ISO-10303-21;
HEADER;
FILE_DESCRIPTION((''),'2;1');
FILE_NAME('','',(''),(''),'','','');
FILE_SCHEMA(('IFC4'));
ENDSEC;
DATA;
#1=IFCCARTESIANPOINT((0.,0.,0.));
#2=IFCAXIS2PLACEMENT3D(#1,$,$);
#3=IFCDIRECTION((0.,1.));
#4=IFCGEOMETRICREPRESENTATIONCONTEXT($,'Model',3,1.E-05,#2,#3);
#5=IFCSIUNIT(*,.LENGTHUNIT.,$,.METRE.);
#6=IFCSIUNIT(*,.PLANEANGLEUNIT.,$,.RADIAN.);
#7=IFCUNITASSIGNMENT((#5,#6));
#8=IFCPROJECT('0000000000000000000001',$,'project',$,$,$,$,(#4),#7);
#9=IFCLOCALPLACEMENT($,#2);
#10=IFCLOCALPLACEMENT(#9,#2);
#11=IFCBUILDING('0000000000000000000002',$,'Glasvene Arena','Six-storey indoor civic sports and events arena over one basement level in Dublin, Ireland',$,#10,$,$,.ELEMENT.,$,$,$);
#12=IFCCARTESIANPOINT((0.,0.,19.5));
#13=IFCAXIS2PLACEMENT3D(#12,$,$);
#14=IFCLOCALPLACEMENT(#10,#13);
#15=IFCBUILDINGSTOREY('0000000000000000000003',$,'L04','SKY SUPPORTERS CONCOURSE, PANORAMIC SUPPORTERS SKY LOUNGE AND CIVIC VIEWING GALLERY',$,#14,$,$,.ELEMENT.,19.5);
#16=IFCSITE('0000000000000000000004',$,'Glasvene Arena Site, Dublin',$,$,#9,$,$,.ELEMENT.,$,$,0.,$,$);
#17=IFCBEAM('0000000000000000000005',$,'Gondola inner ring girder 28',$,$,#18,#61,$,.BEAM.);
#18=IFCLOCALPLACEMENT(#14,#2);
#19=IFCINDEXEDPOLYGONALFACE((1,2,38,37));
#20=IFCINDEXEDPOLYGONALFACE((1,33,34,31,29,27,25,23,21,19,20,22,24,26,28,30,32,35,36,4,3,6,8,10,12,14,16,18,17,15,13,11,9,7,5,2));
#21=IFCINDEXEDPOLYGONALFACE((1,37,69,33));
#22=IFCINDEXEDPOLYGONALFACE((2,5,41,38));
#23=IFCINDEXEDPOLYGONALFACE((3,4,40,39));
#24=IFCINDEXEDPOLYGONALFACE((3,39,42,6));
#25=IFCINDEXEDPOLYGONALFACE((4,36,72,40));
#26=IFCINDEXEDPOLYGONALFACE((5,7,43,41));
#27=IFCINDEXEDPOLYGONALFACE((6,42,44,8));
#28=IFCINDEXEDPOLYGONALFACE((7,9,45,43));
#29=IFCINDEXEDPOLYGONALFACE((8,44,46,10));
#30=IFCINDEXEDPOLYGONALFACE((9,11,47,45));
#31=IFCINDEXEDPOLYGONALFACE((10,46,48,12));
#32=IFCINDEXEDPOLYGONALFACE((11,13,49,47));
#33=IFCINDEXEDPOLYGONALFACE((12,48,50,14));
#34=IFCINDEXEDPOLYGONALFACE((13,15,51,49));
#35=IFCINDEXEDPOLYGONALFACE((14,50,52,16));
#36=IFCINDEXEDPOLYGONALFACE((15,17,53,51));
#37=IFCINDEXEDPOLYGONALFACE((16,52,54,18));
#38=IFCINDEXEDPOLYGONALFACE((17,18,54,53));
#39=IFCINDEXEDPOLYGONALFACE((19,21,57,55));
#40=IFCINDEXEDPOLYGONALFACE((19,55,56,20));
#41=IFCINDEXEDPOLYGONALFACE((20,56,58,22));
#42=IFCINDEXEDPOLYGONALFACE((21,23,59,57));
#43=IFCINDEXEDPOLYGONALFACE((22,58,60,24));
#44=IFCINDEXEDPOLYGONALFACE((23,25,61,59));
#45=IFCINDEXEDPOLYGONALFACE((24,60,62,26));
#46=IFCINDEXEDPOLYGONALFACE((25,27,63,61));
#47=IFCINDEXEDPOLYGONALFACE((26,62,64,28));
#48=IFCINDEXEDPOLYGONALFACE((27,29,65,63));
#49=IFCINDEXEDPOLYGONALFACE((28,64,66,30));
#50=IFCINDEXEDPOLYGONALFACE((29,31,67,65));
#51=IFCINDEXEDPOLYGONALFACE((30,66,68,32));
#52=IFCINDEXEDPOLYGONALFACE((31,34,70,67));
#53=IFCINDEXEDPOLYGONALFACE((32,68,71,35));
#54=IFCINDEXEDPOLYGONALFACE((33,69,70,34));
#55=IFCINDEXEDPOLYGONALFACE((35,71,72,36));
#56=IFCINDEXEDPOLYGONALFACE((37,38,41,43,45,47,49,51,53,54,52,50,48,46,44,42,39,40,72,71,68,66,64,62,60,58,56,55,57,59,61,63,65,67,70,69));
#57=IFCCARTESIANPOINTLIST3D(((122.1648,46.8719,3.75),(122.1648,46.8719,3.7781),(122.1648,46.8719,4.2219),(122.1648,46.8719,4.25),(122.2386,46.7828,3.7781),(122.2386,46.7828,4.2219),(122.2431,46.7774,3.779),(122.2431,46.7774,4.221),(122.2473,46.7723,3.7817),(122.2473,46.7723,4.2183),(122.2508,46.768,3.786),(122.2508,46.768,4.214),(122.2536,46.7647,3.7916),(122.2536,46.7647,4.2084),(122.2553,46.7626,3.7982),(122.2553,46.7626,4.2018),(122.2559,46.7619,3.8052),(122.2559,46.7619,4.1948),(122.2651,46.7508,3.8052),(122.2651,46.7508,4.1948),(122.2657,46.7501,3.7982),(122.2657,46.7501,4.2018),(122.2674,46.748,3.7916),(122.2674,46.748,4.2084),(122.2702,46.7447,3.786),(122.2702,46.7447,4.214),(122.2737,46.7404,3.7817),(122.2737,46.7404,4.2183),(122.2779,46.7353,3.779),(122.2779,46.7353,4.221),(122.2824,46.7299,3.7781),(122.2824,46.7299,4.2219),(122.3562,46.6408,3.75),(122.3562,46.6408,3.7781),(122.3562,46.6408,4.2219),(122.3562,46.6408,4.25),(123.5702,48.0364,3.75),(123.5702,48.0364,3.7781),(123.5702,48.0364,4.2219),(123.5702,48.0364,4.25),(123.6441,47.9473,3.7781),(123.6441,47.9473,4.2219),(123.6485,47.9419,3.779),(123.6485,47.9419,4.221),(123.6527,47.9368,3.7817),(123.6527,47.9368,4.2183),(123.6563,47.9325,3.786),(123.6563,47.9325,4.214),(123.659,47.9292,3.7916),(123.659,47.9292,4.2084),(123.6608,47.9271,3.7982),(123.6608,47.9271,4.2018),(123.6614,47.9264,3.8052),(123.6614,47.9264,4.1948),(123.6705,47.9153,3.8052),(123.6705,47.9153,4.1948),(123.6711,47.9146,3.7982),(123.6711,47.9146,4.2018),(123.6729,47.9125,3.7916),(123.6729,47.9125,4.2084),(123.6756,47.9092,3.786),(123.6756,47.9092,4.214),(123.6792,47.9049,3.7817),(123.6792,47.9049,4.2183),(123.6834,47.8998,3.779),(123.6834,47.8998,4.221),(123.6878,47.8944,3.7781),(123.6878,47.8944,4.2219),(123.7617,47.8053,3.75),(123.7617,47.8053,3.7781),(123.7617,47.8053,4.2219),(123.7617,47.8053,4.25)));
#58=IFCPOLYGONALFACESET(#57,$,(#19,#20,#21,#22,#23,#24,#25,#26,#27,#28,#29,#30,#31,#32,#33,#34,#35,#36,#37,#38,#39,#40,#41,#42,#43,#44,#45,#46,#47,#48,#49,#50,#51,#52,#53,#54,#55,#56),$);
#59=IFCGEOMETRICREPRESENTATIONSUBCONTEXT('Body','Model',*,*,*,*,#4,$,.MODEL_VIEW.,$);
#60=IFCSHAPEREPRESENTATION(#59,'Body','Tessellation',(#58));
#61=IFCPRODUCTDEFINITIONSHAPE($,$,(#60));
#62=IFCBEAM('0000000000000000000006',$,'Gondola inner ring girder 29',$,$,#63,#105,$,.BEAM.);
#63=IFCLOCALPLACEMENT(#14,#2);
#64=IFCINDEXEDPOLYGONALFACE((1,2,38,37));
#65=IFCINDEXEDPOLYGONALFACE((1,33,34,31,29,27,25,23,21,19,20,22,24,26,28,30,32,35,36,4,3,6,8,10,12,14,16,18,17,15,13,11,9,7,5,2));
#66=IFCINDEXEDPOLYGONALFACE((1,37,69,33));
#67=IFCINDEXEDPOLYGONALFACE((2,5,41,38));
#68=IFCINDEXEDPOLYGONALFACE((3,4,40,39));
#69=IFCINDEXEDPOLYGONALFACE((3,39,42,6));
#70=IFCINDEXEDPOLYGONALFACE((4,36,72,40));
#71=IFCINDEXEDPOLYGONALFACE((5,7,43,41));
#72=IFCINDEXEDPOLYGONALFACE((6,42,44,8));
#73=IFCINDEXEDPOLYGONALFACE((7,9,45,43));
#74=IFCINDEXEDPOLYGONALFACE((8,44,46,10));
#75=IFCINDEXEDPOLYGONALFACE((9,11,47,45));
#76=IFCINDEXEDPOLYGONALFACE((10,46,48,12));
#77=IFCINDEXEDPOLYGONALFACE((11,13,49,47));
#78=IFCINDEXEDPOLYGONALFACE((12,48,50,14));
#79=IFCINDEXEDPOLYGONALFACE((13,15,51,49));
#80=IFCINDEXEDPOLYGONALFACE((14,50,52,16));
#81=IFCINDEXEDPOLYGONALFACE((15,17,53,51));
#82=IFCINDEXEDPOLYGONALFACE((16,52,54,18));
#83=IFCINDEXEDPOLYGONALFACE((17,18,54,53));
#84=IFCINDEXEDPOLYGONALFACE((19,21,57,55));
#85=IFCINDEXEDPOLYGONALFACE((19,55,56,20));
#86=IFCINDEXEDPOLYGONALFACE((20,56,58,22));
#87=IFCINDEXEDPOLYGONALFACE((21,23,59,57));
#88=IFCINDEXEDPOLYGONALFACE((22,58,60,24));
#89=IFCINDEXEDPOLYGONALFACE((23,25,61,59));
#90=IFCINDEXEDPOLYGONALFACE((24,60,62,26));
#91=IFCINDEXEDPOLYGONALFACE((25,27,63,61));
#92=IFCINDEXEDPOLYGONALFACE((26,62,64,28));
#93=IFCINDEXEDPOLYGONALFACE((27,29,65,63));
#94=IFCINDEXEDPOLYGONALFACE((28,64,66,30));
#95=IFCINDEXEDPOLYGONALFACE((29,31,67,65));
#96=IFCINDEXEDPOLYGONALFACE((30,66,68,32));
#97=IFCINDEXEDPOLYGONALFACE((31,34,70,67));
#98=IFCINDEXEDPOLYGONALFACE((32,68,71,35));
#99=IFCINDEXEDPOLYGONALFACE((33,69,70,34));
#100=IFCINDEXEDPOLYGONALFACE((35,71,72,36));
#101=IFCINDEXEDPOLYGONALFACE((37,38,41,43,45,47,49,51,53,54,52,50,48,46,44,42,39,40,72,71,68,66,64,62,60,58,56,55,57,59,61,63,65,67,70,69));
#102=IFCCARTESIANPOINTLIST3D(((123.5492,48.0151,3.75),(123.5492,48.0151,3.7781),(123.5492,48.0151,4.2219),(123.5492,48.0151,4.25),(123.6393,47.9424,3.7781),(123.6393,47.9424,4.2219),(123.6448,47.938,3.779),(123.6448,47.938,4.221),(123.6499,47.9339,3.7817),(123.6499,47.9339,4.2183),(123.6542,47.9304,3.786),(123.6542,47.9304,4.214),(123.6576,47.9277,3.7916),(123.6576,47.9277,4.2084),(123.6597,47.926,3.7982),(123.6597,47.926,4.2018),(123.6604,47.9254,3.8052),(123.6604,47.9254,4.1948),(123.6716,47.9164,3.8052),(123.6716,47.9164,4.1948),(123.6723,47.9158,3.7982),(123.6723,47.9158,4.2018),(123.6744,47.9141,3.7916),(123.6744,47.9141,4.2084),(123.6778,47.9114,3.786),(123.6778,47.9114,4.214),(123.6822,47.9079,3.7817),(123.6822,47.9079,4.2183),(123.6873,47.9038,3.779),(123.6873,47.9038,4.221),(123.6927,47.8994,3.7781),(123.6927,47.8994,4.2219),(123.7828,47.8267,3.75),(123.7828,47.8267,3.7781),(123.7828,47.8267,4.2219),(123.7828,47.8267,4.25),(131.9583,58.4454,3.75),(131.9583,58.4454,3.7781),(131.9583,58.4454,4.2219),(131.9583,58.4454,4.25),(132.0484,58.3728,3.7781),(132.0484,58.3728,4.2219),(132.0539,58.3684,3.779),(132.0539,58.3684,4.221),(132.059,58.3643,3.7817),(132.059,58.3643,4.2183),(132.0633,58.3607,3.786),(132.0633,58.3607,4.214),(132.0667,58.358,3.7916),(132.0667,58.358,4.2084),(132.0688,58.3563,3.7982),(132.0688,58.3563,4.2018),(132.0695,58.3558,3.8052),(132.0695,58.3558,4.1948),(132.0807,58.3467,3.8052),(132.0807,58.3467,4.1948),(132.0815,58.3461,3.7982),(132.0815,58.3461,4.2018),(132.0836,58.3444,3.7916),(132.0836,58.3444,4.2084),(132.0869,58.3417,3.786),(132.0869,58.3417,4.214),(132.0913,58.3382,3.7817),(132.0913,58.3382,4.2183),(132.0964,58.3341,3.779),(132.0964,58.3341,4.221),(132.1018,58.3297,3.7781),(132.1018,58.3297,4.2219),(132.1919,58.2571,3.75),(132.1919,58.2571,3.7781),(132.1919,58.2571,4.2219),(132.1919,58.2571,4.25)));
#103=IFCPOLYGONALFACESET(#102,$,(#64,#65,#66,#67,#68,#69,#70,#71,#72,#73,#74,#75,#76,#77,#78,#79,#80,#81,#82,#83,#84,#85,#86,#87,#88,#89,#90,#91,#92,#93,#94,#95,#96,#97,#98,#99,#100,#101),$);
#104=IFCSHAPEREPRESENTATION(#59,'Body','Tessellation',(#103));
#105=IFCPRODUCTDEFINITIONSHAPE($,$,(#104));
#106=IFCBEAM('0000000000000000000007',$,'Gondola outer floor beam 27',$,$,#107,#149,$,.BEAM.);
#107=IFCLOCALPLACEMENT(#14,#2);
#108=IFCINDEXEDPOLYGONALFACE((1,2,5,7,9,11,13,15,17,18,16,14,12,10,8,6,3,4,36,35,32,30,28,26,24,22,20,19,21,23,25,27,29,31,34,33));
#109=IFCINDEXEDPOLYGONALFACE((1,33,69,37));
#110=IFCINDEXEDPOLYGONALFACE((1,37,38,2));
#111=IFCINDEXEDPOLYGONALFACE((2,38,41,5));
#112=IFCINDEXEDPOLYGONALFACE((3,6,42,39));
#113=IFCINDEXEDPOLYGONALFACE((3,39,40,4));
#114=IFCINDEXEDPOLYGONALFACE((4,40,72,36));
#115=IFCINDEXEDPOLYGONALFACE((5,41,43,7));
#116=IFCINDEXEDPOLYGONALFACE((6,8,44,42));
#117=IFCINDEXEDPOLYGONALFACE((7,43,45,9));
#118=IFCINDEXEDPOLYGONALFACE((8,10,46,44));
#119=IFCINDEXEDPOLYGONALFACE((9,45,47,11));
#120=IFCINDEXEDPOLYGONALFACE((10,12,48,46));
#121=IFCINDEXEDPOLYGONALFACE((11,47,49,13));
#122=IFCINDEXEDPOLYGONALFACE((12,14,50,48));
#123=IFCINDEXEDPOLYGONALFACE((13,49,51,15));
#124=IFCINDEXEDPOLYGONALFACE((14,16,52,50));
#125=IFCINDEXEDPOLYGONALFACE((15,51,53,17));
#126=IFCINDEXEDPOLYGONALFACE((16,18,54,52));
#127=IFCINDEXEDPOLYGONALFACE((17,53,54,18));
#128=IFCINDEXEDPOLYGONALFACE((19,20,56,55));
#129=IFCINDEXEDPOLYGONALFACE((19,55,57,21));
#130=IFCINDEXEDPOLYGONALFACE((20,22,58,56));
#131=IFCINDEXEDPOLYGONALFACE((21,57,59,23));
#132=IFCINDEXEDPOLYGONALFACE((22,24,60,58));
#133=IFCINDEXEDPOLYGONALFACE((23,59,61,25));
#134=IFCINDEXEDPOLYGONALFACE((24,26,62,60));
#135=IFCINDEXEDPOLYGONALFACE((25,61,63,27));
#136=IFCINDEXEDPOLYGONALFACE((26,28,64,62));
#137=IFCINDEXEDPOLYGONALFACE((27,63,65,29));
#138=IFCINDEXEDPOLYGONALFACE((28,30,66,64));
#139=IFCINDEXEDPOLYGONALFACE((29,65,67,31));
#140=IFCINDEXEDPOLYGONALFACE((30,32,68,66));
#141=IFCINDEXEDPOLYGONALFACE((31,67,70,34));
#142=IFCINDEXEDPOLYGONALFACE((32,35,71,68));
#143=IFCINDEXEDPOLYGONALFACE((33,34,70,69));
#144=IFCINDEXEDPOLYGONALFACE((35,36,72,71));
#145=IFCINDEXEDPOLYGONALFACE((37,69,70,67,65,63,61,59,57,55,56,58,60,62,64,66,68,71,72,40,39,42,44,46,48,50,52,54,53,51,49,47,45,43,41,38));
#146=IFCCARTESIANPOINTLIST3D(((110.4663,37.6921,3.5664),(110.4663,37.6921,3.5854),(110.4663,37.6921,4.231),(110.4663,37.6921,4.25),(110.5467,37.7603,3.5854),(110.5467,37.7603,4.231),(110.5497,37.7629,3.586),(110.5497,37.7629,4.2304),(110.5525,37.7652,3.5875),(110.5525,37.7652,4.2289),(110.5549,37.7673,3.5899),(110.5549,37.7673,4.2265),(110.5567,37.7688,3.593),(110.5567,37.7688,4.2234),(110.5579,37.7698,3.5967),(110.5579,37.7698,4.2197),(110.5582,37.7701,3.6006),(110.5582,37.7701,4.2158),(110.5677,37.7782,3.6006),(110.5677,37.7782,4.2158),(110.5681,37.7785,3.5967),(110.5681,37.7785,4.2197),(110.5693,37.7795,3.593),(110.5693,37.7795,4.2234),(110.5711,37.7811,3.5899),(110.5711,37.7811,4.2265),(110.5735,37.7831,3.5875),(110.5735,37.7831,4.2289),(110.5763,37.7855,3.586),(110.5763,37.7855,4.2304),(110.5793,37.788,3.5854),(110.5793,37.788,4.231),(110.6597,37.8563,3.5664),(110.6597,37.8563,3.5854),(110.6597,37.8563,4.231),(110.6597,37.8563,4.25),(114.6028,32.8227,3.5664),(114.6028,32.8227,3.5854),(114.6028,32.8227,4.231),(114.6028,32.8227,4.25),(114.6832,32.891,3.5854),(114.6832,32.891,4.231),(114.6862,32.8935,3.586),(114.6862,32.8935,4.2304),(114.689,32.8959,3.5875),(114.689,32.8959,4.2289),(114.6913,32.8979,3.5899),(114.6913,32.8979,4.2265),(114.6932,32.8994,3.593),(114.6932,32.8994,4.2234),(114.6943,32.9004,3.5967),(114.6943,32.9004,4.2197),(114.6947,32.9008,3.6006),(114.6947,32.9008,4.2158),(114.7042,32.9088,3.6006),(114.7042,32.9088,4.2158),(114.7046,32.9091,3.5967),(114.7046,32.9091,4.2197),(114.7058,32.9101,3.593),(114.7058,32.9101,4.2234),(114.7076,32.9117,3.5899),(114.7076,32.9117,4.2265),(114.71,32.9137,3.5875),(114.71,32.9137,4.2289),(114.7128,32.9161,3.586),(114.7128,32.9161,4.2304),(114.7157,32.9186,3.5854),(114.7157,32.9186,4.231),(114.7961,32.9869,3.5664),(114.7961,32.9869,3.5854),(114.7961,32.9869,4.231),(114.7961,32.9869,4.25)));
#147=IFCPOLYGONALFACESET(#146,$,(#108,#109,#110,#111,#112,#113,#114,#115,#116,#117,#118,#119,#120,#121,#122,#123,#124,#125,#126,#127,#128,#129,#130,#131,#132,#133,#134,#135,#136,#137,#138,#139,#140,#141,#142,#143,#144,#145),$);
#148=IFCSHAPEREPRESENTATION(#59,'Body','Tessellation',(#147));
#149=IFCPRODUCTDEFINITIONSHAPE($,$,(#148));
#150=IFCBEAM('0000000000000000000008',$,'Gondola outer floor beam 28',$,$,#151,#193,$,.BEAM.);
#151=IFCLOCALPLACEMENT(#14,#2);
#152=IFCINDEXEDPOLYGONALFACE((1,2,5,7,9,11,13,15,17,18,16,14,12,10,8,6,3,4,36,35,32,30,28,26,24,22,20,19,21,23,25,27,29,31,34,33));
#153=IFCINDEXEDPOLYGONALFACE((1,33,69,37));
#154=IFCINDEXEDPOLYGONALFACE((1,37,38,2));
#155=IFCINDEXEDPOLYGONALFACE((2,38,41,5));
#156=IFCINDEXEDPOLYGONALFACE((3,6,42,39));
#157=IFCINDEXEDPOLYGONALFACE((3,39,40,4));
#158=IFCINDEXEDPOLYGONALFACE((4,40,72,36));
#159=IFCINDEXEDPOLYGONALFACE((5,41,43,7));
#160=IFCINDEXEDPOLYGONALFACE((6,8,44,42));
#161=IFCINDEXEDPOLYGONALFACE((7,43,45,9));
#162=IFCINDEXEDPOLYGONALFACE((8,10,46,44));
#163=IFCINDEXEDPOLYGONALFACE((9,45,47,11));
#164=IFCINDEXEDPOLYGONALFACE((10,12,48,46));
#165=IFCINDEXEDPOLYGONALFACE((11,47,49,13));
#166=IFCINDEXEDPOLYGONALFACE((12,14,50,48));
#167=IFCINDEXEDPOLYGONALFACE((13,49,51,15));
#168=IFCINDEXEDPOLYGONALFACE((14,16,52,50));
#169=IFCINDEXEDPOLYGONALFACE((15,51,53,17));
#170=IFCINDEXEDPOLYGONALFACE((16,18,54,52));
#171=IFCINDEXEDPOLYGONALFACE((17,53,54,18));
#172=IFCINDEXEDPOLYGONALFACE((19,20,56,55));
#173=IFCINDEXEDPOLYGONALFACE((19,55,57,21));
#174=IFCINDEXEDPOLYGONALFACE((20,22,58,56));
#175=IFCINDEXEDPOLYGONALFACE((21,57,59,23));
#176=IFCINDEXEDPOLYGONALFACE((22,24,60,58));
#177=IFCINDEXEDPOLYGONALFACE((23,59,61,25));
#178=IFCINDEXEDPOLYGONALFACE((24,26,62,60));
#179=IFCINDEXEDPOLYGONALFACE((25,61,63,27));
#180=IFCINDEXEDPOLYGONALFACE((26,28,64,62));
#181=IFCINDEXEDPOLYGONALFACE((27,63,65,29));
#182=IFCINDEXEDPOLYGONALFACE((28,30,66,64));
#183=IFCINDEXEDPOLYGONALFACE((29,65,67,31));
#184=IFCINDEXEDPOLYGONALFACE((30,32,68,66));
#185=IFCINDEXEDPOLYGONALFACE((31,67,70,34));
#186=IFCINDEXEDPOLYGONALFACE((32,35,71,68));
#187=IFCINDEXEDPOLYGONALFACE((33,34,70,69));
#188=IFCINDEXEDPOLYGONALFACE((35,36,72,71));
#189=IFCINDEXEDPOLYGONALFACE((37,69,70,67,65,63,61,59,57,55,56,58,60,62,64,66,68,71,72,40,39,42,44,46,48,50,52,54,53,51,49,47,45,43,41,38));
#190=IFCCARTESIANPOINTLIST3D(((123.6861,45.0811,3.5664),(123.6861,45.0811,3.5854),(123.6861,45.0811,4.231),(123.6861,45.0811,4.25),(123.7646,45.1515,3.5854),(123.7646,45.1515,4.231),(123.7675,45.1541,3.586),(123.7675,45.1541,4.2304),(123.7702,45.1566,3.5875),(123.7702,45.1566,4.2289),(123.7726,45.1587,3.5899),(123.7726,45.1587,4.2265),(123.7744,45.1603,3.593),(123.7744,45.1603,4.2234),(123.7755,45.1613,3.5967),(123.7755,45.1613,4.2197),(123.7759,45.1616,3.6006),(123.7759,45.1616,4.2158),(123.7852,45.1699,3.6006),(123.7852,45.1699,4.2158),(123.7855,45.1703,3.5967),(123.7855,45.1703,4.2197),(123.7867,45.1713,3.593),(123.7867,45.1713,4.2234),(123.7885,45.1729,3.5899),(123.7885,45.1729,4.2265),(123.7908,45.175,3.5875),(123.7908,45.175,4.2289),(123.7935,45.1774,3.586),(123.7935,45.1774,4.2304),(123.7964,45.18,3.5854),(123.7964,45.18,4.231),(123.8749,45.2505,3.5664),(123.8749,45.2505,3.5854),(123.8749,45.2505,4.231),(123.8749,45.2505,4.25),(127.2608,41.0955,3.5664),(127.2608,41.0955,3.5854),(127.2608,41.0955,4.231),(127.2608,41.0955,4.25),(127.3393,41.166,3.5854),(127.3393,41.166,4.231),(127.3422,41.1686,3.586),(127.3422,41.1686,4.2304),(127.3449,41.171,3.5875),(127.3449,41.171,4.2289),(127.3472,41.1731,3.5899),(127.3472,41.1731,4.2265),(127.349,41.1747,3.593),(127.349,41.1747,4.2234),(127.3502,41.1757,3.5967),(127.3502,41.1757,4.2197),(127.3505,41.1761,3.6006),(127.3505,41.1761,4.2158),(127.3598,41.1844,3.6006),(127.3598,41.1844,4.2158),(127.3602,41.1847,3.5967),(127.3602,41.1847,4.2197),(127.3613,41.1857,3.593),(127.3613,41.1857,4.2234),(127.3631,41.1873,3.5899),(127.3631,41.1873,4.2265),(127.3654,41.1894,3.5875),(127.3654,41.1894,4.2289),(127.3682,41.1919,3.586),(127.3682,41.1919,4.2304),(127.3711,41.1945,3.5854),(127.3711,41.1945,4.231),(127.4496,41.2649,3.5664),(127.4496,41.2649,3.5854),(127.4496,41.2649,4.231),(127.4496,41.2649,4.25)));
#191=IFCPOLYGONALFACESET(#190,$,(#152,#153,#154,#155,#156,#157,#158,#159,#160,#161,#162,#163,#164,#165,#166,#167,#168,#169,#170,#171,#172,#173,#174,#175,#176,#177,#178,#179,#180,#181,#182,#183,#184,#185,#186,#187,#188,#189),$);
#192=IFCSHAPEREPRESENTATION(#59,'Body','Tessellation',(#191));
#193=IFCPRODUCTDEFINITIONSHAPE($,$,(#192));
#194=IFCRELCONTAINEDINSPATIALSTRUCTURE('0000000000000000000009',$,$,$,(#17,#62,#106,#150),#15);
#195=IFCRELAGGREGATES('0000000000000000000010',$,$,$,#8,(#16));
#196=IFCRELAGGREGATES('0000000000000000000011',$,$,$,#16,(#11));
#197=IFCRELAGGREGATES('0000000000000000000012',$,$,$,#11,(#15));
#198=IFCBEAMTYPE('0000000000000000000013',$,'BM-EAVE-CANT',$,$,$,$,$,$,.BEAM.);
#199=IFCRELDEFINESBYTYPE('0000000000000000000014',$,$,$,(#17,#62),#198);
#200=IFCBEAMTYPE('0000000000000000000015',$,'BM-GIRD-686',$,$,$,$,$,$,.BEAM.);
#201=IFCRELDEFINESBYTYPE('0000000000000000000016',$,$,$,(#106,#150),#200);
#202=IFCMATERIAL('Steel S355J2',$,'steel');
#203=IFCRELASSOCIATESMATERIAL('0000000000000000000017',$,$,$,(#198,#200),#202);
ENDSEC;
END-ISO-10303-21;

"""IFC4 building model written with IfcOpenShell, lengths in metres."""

from ifc_helpers import new_model, si_unit, direction, frame, origin, origin_2d, place, context, subcontext, project, spatial, i_section, extrude, material, material_profile, profile_set, type_object, element, save


model = new_model("IFC4")

# Units and contexts
model_context = context("Model", 3, precision=1e-05, world=origin(), true_north=direction((0.0, 1.0)))
body_context = subcontext(model_context, "Body", "Model", "MODEL_VIEW")
ifc_project = project(units=[si_unit("LENGTHUNIT", "METRE"), si_unit("PLANEANGLEUNIT", "RADIAN")], contexts=[model_context])

# Site, building, storey
site_placement = place(None, origin())
site = spatial("IfcSite", under=ifc_project, at=site_placement, Name="Glasvene Arena Site, Dublin", CompositionType="ELEMENT", RefElevation=0.0)
building_placement = place(site_placement, origin())
building = spatial("IfcBuilding", under=site, at=building_placement, Name="Glasvene Arena", Description="Six-storey indoor civic sports and events arena over one basement level in Dublin, Ireland", CompositionType="ELEMENT")
storey_placement = place(building_placement, frame((0.0, 0.0, 19.5)))
storey = spatial("IfcBuildingStorey", under=building, at=storey_placement, Name="L04", Description="SKY SUPPORTERS CONCOURSE, PANORAMIC SUPPORTERS SKY LOUNGE AND CIVIC VIEWING GALLERY", CompositionType="ELEMENT", Elevation=19.5)

# Shared definitions
ifc_material_1 = material(Name="Steel S355J2", Category="steel")

# Beams
ifc_material_profile_1 = material_profile(ifc_material_1, i_section(OverallWidth=0.3, OverallDepth=0.5, WebThickness=0.0144, FlangeThickness=0.0281, FilletRadius=0.0271, at=origin_2d()), Name="HEB 500")
ifc_profile_set_1 = profile_set([ifc_material_profile_1], Name="Steel S355J2")
beam_type_1 = type_object("IfcBeamType", Name="BM-EAVE-CANT", PredefinedType="BEAM", material=ifc_profile_set_1)
beam_1_placement = place(storey_placement, frame((122.2605, 46.7563, 4.0), z_axis=(0.770027, 0.638011, 0.0), x_axis=(-0.638011, 0.770027, 0.0)))
element("IfcBeam", 1, at=beam_1_placement, inside=storey, type_object=beam_type_1, Name="Gondola inner ring girder 28", PredefinedType="BEAM", context=body_context, shape_type="SweptSolid", body=[
    extrude(i_section(OverallWidth=0.3, OverallDepth=0.5, WebThickness=0.0144, FlangeThickness=0.0281, FilletRadius=0.0271, at=origin_2d()), origin(), (0.0, 0.0, 1.0), 1.8252),
])
beam_2_placement = place(storey_placement, frame((123.666, 47.9209, 4.0), z_axis=(0.627642, 0.778502, 0.0), x_axis=(-0.778502, 0.627642, 0.0)))
element("IfcBeam", 2, at=beam_2_placement, inside=storey, type_object=beam_type_1, Name="Gondola inner ring girder 29", PredefinedType="BEAM", context=body_context, shape_type="SweptSolid", body=[
    extrude(i_section(OverallWidth=0.3, OverallDepth=0.5, WebThickness=0.0144, FlangeThickness=0.0281, FilletRadius=0.0271, at=origin_2d()), origin(), (0.0, 0.0, 1.0), 13.3979),
])
ifc_material_profile_2 = material_profile(ifc_material_1, i_section(OverallWidth=0.2537, OverallDepth=0.6836, WebThickness=0.0125, FlangeThickness=0.019, FilletRadius=0.0151, at=origin_2d()), Name="UKB 686x254x140")
ifc_profile_set_2 = profile_set([ifc_material_profile_2], Name="Steel S355J2")
beam_type_2 = type_object("IfcBeamType", Name="BM-GIRD-686", PredefinedType="BEAM", material=ifc_profile_set_2)
beam_3_placement = place(storey_placement, frame((110.563, 37.7742, 3.9082), z_axis=(0.647421, -0.762133, 0.0), x_axis=(0.762133, 0.647421, 0.0)))
element("IfcBeam", 3, at=beam_3_placement, inside=storey, type_object=beam_type_2, Name="Gondola outer floor beam 27", PredefinedType="BEAM", context=body_context, shape_type="SweptSolid", body=[
    extrude(i_section(OverallWidth=0.2537, OverallDepth=0.6836, WebThickness=0.0125, FlangeThickness=0.019, FilletRadius=0.0151, at=origin_2d()), origin(), (0.0, 0.0, 1.0), 6.3892),
])
beam_4_placement = place(storey_placement, frame((123.7805, 45.1658, 3.9082), z_axis=(0.667691, -0.744438, 0.0), x_axis=(0.744438, 0.667691, 0.0)))
element("IfcBeam", 4, at=beam_4_placement, inside=storey, type_object=beam_type_2, Name="Gondola outer floor beam 28", PredefinedType="BEAM", context=body_context, shape_type="SweptSolid", body=[
    extrude(i_section(OverallWidth=0.2537, OverallDepth=0.6836, WebThickness=0.0125, FlangeThickness=0.019, FilletRadius=0.0151, at=origin_2d()), origin(), (0.0, 0.0, 1.0), 5.3538),
])

save(model, "model.ifc")
